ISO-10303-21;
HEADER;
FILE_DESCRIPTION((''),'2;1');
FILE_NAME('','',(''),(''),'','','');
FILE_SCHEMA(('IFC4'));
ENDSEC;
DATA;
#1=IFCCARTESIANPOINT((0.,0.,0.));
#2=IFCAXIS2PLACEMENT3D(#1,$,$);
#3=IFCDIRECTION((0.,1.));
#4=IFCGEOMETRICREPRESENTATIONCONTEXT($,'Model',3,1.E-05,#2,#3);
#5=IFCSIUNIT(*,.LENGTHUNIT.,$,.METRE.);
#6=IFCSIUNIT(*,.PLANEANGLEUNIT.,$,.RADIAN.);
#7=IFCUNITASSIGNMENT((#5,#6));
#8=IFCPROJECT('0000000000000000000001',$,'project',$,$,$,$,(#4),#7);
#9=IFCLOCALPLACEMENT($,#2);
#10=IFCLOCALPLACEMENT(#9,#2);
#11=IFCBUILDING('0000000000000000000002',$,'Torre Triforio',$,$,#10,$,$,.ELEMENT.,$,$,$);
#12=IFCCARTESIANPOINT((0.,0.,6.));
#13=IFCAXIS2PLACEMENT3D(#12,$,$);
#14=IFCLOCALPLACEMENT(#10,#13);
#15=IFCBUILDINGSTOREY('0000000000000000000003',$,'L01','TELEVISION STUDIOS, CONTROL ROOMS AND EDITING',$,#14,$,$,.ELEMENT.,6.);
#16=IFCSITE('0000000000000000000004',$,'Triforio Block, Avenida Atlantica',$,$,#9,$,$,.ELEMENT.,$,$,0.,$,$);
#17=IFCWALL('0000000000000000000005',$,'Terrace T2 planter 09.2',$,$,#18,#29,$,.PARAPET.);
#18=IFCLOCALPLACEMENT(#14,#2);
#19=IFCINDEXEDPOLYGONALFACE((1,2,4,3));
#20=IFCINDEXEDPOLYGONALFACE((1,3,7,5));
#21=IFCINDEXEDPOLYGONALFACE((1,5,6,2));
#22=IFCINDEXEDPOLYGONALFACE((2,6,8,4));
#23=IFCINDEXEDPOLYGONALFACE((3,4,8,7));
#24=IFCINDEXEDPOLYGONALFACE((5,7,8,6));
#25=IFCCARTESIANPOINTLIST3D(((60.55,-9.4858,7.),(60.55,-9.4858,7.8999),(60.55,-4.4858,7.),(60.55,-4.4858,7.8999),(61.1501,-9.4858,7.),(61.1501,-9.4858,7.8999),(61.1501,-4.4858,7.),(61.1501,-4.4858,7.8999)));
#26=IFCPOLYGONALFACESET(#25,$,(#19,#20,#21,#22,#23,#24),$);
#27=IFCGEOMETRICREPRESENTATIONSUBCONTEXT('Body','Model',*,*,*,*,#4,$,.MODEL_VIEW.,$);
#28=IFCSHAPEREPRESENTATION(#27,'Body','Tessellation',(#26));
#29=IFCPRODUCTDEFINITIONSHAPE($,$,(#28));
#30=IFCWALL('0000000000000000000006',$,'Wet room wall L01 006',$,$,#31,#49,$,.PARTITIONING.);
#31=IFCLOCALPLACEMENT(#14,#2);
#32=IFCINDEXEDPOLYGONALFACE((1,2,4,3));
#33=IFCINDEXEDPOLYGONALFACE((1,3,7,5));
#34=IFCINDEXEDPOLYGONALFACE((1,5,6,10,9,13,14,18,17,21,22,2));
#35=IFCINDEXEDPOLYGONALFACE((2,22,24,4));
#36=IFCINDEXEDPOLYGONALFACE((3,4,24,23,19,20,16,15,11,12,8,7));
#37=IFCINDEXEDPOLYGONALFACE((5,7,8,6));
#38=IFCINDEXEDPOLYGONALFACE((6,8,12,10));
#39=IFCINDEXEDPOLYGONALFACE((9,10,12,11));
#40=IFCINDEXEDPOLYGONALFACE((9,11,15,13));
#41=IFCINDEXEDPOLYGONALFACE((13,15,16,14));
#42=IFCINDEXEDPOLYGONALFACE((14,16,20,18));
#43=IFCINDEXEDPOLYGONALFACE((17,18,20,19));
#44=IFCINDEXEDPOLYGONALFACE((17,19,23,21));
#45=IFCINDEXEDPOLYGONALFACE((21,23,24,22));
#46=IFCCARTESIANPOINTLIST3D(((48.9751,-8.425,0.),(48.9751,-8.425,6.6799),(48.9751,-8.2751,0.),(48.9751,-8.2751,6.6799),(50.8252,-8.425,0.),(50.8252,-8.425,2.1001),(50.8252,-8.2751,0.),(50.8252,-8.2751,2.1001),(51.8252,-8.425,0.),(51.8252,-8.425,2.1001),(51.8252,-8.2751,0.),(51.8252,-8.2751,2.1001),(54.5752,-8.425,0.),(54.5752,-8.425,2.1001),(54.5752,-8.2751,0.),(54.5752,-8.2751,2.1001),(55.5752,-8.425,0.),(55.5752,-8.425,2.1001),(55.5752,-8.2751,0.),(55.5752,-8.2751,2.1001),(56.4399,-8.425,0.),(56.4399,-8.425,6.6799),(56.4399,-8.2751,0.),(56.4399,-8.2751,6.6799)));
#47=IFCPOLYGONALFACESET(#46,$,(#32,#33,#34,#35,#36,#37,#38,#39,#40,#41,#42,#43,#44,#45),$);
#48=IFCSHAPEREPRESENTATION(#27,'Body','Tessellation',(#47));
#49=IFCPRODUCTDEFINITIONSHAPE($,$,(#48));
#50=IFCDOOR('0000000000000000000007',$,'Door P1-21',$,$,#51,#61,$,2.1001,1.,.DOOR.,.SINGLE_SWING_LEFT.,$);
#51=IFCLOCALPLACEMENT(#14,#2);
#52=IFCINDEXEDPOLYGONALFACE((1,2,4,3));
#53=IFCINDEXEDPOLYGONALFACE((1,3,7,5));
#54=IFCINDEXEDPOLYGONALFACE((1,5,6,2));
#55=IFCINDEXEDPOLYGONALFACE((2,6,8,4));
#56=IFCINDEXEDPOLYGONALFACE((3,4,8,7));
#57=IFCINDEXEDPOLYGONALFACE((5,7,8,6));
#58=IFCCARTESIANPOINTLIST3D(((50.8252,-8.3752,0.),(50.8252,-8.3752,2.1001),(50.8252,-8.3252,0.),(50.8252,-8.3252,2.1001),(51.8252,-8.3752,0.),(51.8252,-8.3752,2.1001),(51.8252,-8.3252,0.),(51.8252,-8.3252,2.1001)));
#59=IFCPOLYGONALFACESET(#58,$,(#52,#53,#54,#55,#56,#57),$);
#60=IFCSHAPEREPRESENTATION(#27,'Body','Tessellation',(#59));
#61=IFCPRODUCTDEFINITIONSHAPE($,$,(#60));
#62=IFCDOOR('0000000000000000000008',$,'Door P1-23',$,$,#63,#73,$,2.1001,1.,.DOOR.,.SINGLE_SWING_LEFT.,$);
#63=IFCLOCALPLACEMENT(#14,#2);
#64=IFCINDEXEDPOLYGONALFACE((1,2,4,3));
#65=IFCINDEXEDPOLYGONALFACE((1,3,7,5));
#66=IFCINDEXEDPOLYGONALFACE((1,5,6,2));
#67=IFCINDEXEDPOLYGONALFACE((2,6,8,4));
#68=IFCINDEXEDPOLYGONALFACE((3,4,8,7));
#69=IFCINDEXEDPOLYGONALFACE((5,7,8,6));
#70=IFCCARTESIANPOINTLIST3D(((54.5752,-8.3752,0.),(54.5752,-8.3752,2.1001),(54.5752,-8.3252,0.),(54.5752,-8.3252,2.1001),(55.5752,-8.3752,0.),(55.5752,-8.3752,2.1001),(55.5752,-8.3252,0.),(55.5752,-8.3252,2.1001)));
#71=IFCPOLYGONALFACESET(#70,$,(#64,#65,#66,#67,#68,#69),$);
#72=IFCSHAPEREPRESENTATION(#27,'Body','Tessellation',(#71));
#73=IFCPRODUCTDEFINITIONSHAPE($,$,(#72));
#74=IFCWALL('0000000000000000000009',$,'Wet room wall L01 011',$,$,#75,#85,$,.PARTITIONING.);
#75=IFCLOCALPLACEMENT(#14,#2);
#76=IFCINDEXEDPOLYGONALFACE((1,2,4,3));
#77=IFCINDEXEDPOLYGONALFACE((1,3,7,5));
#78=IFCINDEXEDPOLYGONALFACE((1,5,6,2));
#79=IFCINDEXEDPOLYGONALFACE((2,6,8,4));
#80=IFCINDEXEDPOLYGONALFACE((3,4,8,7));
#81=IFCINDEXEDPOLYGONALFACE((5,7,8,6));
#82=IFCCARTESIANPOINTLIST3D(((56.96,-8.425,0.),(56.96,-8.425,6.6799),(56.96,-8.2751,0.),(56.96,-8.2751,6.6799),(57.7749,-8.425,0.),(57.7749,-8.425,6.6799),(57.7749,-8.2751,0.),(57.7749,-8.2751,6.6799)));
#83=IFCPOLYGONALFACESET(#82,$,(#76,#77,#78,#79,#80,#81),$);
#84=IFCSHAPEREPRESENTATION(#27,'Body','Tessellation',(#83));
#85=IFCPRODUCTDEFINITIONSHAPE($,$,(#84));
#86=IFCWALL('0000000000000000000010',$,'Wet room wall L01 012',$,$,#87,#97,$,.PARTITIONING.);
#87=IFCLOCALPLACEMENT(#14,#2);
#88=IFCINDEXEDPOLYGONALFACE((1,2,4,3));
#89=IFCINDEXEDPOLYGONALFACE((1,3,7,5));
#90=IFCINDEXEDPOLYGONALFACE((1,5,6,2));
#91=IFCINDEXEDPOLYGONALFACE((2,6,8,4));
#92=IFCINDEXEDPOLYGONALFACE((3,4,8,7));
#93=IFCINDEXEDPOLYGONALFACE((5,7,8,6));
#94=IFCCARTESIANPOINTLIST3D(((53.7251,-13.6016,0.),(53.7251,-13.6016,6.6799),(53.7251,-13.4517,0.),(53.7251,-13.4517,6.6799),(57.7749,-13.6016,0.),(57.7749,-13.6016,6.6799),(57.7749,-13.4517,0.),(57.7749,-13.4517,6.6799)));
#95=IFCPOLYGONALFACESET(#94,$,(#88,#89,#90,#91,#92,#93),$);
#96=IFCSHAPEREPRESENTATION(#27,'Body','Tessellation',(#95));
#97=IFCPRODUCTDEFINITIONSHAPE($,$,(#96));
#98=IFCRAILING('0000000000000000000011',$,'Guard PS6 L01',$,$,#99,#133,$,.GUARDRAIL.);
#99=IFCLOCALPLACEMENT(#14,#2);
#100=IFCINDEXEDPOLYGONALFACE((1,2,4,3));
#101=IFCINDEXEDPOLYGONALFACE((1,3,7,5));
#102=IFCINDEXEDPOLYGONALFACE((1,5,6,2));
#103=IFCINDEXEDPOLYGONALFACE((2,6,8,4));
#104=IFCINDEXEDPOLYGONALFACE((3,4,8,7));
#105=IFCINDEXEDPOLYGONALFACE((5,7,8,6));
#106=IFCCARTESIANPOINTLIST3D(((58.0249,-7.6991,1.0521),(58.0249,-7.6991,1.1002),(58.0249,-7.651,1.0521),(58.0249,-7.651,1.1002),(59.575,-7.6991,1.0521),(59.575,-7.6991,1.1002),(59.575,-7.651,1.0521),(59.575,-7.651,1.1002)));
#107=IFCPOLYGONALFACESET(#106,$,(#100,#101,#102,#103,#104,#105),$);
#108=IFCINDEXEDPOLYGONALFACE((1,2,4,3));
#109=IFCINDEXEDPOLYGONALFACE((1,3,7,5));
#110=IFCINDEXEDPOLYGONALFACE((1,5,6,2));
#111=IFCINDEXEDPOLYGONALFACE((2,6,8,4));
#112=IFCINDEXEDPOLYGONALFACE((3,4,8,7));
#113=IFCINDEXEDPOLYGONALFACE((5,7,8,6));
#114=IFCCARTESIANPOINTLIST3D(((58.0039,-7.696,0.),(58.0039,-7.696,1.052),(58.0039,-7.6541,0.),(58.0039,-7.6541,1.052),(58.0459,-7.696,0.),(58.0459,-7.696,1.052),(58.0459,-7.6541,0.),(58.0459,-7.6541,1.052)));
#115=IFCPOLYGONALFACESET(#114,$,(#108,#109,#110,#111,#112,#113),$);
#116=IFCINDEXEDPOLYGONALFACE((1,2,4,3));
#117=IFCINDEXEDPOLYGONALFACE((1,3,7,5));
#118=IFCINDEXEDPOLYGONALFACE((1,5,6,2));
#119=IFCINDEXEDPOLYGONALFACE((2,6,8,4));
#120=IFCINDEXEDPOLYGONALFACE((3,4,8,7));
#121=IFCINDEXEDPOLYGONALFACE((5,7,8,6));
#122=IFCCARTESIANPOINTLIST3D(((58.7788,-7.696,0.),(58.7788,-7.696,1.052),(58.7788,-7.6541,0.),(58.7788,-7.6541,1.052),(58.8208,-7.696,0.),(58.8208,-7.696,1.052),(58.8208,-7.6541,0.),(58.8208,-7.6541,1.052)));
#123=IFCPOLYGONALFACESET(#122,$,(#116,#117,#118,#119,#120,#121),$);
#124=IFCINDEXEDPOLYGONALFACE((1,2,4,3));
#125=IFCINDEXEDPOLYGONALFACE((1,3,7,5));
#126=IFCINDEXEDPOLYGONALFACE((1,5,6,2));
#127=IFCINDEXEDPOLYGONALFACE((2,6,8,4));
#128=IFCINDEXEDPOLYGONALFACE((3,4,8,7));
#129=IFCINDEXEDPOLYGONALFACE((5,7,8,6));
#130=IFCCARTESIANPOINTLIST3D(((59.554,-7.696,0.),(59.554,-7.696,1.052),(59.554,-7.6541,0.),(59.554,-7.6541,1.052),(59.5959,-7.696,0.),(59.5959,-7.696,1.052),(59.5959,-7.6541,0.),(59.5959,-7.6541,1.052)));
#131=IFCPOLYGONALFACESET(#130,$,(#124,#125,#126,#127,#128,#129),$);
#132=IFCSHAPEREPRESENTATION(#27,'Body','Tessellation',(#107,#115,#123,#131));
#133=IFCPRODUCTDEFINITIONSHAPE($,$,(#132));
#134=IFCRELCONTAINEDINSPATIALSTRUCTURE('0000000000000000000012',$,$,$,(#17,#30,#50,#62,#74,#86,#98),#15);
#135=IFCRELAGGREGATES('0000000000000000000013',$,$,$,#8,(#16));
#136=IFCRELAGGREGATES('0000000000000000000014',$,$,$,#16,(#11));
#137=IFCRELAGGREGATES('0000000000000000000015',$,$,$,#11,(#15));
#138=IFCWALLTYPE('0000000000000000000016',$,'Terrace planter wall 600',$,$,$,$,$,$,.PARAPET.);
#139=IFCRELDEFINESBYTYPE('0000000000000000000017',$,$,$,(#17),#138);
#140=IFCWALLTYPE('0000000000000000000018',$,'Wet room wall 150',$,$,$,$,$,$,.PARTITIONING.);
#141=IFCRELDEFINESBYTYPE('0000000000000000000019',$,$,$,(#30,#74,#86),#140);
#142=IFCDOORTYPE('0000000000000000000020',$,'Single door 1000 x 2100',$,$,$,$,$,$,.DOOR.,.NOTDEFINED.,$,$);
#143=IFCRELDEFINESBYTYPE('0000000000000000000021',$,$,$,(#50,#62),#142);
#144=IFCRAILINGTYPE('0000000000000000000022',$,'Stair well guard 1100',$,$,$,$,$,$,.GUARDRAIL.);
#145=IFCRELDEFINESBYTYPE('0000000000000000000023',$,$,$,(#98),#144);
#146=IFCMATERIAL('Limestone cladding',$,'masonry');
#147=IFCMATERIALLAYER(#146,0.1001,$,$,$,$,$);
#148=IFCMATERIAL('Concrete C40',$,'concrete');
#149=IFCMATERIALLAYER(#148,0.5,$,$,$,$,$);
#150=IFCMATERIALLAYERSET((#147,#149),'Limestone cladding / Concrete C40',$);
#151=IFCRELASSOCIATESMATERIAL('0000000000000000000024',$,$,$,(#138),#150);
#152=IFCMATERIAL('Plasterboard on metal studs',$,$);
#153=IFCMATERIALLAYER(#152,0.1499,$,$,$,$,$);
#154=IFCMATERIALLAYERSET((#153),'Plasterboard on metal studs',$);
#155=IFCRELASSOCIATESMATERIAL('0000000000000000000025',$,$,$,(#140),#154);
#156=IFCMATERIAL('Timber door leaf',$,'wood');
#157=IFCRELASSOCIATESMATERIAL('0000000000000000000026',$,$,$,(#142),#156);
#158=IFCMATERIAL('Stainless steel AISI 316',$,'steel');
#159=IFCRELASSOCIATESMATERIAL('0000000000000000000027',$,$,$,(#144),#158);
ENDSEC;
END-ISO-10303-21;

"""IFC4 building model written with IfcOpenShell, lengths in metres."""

from ifc_helpers import new_model, si_unit, direction, frame, frame_2d, origin, origin_2d, place, context, subcontext, project, spatial, rectangle, extrude, material, layer, layer_set, type_object, element, fill, save


model = new_model("IFC4")

# Units and contexts
model_context = context("Model", 3, precision=1e-05, world=origin(), true_north=direction((0.0, 1.0)))
body_context = subcontext(model_context, "Body", "Model", "MODEL_VIEW")
ifc_project = project(units=[si_unit("LENGTHUNIT", "METRE"), si_unit("PLANEANGLEUNIT", "RADIAN")], contexts=[model_context])

# Site, building, storey
site_placement = place(None, origin())
site = spatial("IfcSite", under=ifc_project, at=site_placement, Name="Triforio Block, Avenida Atlantica", CompositionType="ELEMENT", RefElevation=0.0)
building_placement = place(site_placement, origin())
building = spatial("IfcBuilding", under=site, at=building_placement, Name="Torre Triforio", CompositionType="ELEMENT")
storey_placement = place(building_placement, frame((0.0, 0.0, 6.0)))
storey = spatial("IfcBuildingStorey", under=building, at=storey_placement, Name="L01", Description="TELEVISION STUDIOS, CONTROL ROOMS AND EDITING", CompositionType="ELEMENT", Elevation=6.0)

# Shared definitions
ifc_material_1 = material(Name="Concrete C40", Category="concrete")

# Shared definitions
ifc_material_2 = material(Name="Limestone cladding", Category="masonry")

# Wall
ifc_layer_1 = layer(ifc_material_2, 0.1001)
ifc_layer_2 = layer(ifc_material_1, 0.5)
ifc_layer_set_1 = layer_set([ifc_layer_1, ifc_layer_2], Name="Limestone cladding / Concrete C40")
wall_type_1 = type_object("IfcWallType", Name="Terrace planter wall 600", PredefinedType="PARAPET", material=ifc_layer_set_1)
wall_1_placement = place(storey_placement, frame((60.8501, -9.4858, 7.0), z_axis=(0.0, 0.0, 1.0), x_axis=(0.0, 1.0, 0.0)))
element("IfcWall", 1, at=wall_1_placement, inside=storey, type_object=wall_type_1, Name="Terrace T2 planter 09.2", PredefinedType="PARAPET", context=body_context, shape_type="SweptSolid", body=[
    extrude(rectangle(XDim=5.0, YDim=0.6001, at=frame_2d((2.5, 0.0))), origin(), (0.0, 0.0, 1.0), 0.8999),
])

# Wall, openings, doors
ifc_material_3 = material(Name="Plasterboard on metal studs")
ifc_layer_3 = layer(ifc_material_3, 0.1499)
ifc_layer_set_2 = layer_set([ifc_layer_3], Name="Plasterboard on metal studs")
wall_type_2 = type_object("IfcWallType", Name="Wet room wall 150", PredefinedType="PARTITIONING", material=ifc_layer_set_2)
wall_2_placement = place(storey_placement, frame((48.9751, -8.3501, 0.0), z_axis=(0.0, 0.0, 1.0), x_axis=(1.0, 0.0, 0.0)))
wall_2 = element("IfcWall", 2, at=wall_2_placement, inside=storey, type_object=wall_type_2, Name="Wet room wall L01 006", PredefinedType="PARTITIONING", context=body_context, shape_type="SweptSolid", body=[
    extrude(rectangle(XDim=7.4648, YDim=0.1499, at=frame_2d((3.7324, 0.0))), origin(), (0.0, 0.0, 1.0), 6.6799),
])
opening_1_placement = place(wall_2_placement, frame((1.8501, 0.0, 0.0)))
opening_1 = element("IfcOpeningElement", 3, at=opening_1_placement, cuts=wall_2, PredefinedType="OPENING", context=body_context, shape_type="SweptSolid", body=[
    extrude(rectangle(XDim=1.0, YDim=2.1001, at=frame_2d((0.5, 1.05))), frame((0.0, 0.085, 0.0), z_axis=(0.0, -1.0, 0.0), x_axis=(1.0, 0.0, 0.0)), (0.0, 0.0, 1.0), 0.1699),
])
opening_2_placement = place(wall_2_placement, frame((5.6001, 0.0, 0.0)))
opening_2 = element("IfcOpeningElement", 4, at=opening_2_placement, cuts=wall_2, PredefinedType="OPENING", context=body_context, shape_type="SweptSolid", body=[
    extrude(rectangle(XDim=1.0, YDim=2.1001, at=frame_2d((0.5, 1.05))), frame((0.0, 0.085, 0.0), z_axis=(0.0, -1.0, 0.0), x_axis=(1.0, 0.0, 0.0)), (0.0, 0.0, 1.0), 0.1699),
])
ifc_material_4 = material(Name="Timber door leaf", Category="wood")
door_type_1 = type_object("IfcDoorType", Name="Single door 1000 x 2100", OperationType="NOTDEFINED", PredefinedType="DOOR", material=ifc_material_4)
door_1_placement = place(opening_1_placement, origin())
door_1 = element("IfcDoor", 5, at=door_1_placement, inside=storey, type_object=door_type_1, Name="Door P1-21", OperationType="SINGLE_SWING_LEFT", OverallHeight=2.1001, OverallWidth=1.0, PredefinedType="DOOR", context=body_context, shape_type="SweptSolid", body=[
    extrude(rectangle(XDim=1.0, YDim=2.1001, at=frame_2d((0.5, 1.05))), frame((0.0, 0.0249, 0.0), z_axis=(0.0, -1.0, 0.0), x_axis=(1.0, 0.0, 0.0)), (0.0, 0.0, 1.0), 0.05),
])
fill(opening_1, door_1)
door_2_placement = place(opening_2_placement, origin())
door_2 = element("IfcDoor", 6, at=door_2_placement, inside=storey, type_object=door_type_1, Name="Door P1-23", OperationType="SINGLE_SWING_LEFT", OverallHeight=2.1001, OverallWidth=1.0, PredefinedType="DOOR", context=body_context, shape_type="SweptSolid", body=[
    extrude(rectangle(XDim=1.0, YDim=2.1001, at=frame_2d((0.5, 1.05))), frame((0.0, 0.0249, 0.0), z_axis=(0.0, -1.0, 0.0), x_axis=(1.0, 0.0, 0.0)), (0.0, 0.0, 1.0), 0.05),
])
fill(opening_2, door_2)

# Walls
wall_3_placement = place(storey_placement, frame((56.96, -8.3501, 0.0), z_axis=(0.0, 0.0, 1.0), x_axis=(1.0, 0.0, 0.0)))
element("IfcWall", 7, at=wall_3_placement, inside=storey, type_object=wall_type_2, Name="Wet room wall L01 011", PredefinedType="PARTITIONING", context=body_context, shape_type="SweptSolid", body=[
    extrude(rectangle(XDim=0.8149, YDim=0.1499, at=frame_2d((0.4075, 0.0))), origin(), (0.0, 0.0, 1.0), 6.6799),
])
wall_4_placement = place(storey_placement, frame((53.7251, -13.5266, 0.0), z_axis=(0.0, 0.0, 1.0), x_axis=(1.0, 0.0, 0.0)))
element("IfcWall", 8, at=wall_4_placement, inside=storey, type_object=wall_type_2, Name="Wet room wall L01 012", PredefinedType="PARTITIONING", context=body_context, shape_type="SweptSolid", body=[
    extrude(rectangle(XDim=4.0498, YDim=0.1499, at=frame_2d((2.0249, 0.0))), origin(), (0.0, 0.0, 1.0), 6.6799),
])

# Railing
ifc_material_5 = material(Name="Stainless steel AISI 316", Category="steel")
railing_type = type_object("IfcRailingType", Name="Stair well guard 1100", PredefinedType="GUARDRAIL", material=ifc_material_5)
railing_placement = place(storey_placement, frame((58.0249, -7.675, 0.0)))
element("IfcRailing", 9, at=railing_placement, inside=storey, type_object=railing_type, Name="Guard PS6 L01", PredefinedType="GUARDRAIL", context=body_context, shape_type="SweptSolid", body=[
    extrude(rectangle(XDim=0.0481, YDim=0.0481, at=origin_2d()), frame((0.0, 0.0, 1.0762), z_axis=(1.0, 0.0, 0.0), x_axis=(0.0, 1.0, 0.0)), (0.0, 0.0, 1.0), 1.55),
    extrude(rectangle(XDim=0.042, YDim=0.042, at=origin_2d()), origin(), (0.0, 0.0, 1.0), 1.052),
    extrude(rectangle(XDim=0.042, YDim=0.042, at=origin_2d()), frame((0.7749, 0.0, 0.0)), (0.0, 0.0, 1.0), 1.052),
    extrude(rectangle(XDim=0.042, YDim=0.042, at=origin_2d()), frame((1.55, 0.0, 0.0)), (0.0, 0.0, 1.0), 1.052),
])

save(model, "model.ifc")
